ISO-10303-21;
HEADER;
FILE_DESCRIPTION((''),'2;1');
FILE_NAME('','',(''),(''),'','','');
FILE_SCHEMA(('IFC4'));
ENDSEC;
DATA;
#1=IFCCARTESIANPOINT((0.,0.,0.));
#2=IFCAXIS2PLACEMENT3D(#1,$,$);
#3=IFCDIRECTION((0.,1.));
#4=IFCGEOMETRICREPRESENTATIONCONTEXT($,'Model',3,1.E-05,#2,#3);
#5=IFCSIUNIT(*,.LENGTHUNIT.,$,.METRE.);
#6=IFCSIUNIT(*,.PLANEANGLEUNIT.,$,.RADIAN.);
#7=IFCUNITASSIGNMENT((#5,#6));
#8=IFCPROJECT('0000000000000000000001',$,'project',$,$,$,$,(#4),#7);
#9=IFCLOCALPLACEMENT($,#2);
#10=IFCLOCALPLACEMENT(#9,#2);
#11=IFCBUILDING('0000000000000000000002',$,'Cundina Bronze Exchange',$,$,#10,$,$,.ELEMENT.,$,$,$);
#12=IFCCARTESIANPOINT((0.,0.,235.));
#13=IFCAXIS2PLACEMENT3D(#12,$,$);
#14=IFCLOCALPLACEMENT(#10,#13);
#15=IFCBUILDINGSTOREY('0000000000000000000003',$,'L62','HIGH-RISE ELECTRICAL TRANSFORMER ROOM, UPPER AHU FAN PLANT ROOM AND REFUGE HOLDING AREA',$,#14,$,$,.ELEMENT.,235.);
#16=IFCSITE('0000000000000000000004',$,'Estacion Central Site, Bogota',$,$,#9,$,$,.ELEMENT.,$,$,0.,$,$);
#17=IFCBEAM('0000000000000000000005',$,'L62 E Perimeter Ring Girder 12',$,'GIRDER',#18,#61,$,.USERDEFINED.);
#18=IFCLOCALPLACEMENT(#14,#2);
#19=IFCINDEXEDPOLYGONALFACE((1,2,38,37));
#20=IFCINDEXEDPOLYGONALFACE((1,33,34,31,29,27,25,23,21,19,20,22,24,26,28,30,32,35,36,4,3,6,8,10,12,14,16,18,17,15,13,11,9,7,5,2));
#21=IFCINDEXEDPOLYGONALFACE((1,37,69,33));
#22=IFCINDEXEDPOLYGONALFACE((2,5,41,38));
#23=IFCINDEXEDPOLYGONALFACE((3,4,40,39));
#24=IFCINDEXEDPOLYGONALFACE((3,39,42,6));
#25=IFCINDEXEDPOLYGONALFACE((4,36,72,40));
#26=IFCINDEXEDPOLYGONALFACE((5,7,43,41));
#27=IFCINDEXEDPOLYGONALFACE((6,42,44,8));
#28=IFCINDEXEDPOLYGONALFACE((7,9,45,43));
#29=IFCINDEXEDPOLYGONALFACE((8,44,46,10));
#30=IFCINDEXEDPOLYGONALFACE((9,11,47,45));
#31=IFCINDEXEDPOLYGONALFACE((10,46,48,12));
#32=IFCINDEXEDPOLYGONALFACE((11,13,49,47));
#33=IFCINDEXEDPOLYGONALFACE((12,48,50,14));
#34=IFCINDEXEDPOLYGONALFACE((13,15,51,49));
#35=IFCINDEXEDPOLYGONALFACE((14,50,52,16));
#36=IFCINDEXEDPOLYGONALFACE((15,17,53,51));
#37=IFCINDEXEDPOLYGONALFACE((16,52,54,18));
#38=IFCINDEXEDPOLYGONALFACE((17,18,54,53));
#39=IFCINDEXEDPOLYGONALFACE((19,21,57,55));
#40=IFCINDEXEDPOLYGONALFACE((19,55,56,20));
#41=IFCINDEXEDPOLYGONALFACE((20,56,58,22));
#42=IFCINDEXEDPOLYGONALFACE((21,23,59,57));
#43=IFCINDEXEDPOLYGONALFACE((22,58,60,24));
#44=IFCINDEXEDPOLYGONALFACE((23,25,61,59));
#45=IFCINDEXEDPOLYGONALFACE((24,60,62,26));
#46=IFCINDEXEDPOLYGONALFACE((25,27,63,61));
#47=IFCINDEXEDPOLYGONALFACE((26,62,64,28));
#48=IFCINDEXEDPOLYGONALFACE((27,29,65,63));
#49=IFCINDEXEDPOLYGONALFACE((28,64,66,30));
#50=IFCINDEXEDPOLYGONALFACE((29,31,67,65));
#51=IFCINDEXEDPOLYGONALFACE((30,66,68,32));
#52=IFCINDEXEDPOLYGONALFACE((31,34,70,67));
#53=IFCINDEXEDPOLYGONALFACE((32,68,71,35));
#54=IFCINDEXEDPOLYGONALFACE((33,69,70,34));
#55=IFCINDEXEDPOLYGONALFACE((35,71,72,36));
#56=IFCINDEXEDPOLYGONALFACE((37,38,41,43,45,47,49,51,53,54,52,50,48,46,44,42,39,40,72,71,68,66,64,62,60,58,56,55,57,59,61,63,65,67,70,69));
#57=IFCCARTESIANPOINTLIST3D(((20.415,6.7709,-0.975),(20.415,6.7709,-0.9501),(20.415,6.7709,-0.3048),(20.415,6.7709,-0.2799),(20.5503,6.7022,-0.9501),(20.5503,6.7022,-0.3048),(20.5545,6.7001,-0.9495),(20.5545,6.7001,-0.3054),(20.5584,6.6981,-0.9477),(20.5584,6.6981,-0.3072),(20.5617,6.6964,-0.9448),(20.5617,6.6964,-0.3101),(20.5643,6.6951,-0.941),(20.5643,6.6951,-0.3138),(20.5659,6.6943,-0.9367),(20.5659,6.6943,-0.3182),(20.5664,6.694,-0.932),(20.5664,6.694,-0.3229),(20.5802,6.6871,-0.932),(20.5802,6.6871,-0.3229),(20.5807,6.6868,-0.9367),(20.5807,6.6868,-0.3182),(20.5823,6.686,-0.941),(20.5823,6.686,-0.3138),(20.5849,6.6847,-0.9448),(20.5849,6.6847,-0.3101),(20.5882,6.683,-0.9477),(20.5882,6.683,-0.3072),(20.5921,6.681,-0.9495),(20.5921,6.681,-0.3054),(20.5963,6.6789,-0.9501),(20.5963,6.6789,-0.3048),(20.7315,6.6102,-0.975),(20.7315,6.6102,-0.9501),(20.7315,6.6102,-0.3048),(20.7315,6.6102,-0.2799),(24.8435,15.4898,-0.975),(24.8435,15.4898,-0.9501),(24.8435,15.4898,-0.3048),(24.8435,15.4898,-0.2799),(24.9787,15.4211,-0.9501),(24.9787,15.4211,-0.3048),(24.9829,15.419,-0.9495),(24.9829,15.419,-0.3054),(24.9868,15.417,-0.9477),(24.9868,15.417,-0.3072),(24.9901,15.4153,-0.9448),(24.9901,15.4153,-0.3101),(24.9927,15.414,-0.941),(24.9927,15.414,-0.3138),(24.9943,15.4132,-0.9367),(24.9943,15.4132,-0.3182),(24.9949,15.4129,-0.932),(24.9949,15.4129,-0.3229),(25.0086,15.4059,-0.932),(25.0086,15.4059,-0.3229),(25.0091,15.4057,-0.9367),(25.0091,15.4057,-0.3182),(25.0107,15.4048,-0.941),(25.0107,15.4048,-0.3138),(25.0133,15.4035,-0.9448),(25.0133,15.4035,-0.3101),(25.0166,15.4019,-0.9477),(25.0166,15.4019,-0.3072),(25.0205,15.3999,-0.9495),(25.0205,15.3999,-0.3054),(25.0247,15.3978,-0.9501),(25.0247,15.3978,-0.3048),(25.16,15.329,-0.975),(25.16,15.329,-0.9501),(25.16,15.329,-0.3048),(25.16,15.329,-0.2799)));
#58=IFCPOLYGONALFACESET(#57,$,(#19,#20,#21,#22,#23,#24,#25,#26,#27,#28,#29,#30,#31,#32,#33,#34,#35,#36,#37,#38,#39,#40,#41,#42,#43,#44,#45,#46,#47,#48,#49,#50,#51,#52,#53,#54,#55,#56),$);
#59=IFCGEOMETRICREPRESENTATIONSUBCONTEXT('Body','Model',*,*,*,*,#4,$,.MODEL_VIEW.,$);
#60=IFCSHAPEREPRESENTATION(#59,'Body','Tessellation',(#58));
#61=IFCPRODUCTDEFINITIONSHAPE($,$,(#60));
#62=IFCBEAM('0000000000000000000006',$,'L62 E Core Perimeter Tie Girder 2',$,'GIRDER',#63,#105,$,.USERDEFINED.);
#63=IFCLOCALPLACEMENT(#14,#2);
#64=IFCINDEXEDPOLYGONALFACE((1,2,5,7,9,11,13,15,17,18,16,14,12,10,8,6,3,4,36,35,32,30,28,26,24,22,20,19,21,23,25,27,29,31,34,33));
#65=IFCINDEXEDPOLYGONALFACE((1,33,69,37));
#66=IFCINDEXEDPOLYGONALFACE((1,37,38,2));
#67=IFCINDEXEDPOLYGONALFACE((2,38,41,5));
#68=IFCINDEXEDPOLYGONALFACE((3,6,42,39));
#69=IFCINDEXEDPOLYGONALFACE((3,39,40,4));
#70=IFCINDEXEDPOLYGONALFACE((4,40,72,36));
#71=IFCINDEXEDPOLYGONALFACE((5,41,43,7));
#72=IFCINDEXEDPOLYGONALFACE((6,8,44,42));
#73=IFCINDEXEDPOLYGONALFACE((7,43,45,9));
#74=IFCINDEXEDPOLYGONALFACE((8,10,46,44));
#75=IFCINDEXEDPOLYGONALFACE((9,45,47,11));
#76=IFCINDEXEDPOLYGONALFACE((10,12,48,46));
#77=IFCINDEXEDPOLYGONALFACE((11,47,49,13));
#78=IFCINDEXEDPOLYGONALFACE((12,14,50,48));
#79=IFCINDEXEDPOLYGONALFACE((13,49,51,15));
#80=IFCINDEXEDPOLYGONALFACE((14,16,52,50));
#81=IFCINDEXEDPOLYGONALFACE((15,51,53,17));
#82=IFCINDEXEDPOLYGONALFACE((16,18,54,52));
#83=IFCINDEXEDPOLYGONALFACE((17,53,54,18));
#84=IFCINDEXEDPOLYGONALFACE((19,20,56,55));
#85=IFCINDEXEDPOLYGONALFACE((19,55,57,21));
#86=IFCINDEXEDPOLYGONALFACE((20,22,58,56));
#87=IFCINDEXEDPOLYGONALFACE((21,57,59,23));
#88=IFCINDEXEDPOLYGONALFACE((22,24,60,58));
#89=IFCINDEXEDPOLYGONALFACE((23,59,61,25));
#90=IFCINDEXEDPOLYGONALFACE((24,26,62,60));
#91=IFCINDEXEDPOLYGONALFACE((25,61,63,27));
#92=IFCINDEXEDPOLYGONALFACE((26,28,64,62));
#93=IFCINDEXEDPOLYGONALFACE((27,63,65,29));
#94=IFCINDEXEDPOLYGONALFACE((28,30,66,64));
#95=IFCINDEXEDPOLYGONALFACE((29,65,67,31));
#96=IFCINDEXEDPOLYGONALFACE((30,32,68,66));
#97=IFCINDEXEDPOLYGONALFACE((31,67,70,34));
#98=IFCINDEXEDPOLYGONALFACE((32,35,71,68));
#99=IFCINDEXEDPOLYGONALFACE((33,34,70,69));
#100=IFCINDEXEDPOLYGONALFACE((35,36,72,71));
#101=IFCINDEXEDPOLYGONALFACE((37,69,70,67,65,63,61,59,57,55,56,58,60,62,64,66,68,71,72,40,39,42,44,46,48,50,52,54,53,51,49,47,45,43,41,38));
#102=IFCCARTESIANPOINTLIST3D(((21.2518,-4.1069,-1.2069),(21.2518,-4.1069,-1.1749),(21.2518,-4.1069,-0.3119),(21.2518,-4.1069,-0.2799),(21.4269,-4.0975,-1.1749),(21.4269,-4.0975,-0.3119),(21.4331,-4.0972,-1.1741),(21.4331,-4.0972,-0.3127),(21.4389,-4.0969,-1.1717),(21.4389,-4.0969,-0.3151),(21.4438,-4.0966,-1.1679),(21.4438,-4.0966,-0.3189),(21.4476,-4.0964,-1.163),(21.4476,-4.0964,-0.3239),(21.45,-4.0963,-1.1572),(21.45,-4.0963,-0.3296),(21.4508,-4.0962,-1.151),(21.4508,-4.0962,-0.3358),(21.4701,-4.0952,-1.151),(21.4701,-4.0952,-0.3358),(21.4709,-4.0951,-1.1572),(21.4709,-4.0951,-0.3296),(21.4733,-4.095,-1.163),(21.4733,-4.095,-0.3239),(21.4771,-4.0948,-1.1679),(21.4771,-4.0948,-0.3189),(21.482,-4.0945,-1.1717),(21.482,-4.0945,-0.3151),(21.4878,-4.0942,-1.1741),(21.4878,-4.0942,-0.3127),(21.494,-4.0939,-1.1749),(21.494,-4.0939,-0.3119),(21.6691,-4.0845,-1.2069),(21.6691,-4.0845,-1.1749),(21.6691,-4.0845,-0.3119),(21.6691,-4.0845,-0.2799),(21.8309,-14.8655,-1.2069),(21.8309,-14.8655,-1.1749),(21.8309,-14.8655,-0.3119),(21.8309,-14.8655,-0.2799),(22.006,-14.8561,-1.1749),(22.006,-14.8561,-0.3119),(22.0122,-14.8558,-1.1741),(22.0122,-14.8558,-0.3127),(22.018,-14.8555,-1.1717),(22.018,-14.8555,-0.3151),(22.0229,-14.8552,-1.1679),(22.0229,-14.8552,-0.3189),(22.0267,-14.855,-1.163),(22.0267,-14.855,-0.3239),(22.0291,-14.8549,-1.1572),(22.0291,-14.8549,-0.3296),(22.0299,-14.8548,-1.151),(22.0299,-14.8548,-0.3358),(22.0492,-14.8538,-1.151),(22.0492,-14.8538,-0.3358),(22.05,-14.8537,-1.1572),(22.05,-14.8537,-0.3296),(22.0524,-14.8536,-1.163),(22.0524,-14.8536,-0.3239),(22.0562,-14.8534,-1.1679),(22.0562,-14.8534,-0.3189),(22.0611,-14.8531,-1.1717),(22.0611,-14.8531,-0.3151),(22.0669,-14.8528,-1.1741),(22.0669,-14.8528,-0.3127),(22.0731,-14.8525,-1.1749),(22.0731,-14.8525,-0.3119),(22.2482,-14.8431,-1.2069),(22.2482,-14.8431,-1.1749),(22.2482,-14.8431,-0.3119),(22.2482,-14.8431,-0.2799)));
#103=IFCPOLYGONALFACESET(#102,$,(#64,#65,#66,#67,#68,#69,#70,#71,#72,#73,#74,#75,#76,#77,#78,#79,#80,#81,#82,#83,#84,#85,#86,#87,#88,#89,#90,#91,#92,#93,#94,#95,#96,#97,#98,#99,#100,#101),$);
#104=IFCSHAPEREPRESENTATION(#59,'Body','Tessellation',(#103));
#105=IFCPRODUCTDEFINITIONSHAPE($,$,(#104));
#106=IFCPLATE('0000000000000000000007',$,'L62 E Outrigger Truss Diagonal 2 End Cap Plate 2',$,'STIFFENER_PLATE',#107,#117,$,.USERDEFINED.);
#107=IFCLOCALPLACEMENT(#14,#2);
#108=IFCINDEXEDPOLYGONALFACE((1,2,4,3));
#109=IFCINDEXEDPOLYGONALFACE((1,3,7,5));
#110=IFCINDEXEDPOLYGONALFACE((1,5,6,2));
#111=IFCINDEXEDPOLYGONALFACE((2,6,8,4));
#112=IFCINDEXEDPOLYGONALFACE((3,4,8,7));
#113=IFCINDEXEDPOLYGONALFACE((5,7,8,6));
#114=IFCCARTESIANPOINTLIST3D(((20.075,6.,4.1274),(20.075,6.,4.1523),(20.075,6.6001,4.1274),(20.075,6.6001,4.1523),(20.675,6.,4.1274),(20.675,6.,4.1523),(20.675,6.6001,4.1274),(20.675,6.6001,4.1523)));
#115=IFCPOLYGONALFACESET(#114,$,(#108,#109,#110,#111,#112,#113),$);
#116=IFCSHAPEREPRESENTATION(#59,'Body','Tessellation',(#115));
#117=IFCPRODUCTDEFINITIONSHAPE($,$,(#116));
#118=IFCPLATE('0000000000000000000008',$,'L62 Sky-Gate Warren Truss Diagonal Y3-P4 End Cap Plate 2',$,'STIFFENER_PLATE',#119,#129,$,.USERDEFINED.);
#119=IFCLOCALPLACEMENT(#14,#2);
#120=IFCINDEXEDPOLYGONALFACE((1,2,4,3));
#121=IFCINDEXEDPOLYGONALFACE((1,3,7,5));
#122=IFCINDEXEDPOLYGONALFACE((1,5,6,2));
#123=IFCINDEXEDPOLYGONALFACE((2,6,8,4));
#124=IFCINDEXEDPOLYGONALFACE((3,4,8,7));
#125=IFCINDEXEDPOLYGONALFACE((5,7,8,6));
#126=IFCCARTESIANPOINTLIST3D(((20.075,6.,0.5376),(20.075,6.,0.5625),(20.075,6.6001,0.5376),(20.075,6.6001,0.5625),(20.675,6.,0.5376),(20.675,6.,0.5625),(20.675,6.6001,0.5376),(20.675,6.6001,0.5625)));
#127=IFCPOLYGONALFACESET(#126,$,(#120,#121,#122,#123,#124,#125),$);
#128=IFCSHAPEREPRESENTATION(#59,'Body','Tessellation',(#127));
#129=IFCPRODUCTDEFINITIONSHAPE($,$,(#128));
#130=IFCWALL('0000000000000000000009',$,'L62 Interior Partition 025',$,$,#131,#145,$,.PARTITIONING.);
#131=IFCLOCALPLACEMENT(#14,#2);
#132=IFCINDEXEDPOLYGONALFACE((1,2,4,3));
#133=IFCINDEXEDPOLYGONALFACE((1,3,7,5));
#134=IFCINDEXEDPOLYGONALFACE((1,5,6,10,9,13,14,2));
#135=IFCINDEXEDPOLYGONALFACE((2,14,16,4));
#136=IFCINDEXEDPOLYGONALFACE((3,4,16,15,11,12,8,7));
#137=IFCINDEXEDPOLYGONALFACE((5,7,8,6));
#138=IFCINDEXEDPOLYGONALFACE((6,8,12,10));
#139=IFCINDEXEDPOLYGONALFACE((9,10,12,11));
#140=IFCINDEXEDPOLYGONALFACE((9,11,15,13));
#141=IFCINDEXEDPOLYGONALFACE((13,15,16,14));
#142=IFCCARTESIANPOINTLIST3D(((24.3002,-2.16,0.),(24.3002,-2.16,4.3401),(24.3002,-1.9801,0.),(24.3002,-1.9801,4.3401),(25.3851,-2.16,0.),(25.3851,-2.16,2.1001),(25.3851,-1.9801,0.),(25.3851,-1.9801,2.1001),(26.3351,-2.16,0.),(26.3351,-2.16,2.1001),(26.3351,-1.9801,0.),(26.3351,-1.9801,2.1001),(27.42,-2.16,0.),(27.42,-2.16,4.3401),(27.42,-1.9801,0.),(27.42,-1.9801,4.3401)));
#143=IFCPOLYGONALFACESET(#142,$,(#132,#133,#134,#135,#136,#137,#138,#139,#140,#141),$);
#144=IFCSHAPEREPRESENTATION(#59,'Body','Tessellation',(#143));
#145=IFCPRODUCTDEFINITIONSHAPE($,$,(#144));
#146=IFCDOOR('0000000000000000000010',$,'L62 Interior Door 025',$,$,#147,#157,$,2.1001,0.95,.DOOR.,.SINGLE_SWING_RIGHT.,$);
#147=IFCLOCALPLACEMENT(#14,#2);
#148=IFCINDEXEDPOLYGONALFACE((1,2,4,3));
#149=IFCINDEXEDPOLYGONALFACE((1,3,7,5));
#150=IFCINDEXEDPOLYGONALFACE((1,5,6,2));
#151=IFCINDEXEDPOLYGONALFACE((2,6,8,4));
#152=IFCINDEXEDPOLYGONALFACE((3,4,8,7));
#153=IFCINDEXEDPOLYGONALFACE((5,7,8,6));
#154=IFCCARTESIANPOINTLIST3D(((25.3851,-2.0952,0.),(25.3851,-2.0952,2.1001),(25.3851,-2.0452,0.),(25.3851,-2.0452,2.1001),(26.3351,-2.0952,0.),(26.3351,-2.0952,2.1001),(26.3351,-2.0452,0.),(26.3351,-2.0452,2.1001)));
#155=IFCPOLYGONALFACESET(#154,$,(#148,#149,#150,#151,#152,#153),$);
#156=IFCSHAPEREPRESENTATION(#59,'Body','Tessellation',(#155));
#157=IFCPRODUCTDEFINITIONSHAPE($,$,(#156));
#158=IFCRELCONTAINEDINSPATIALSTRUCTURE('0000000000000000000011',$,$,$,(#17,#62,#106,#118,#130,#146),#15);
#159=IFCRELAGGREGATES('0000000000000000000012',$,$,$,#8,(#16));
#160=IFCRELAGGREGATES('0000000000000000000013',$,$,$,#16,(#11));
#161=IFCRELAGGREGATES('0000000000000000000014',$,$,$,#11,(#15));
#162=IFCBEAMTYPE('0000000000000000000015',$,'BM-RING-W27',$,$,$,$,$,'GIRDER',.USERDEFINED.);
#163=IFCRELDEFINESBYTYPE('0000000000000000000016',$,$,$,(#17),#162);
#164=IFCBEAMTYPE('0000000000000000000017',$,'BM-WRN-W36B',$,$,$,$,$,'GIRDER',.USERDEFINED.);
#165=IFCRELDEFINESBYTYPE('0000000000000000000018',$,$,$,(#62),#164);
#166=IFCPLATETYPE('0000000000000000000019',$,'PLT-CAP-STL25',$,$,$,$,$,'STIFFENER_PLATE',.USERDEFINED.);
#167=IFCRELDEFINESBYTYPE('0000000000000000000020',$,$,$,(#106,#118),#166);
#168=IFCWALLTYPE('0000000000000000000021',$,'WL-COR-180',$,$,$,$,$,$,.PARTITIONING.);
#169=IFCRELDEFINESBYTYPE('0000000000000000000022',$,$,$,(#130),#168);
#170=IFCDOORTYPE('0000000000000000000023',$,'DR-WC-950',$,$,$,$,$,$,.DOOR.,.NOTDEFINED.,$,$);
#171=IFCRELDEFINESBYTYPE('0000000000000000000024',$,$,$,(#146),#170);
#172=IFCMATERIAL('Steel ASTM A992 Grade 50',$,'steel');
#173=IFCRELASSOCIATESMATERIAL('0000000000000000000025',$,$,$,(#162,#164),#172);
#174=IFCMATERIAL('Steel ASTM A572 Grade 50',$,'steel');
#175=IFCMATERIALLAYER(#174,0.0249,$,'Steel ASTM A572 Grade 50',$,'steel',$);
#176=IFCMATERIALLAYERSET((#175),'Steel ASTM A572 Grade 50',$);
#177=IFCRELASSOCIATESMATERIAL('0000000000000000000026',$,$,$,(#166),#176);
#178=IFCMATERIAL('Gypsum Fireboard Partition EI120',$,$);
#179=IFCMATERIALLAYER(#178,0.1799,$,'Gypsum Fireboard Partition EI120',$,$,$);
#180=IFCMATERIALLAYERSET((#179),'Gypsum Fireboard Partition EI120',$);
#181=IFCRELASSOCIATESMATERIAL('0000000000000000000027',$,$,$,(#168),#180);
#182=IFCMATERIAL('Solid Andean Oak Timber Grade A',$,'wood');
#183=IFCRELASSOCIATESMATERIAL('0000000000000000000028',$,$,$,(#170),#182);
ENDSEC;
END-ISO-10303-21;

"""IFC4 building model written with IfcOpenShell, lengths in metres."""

from ifc_helpers import new_model, si_unit, direction, frame, frame_2d, origin, origin_2d, place, context, subcontext, project, spatial, rectangle, i_section, extrude, material, layer, layer_set, material_profile, profile_set, type_object, element, fill, save


model = new_model("IFC4")

# Units and contexts
model_context = context("Model", 3, precision=1e-05, world=origin(), true_north=direction((0.0, 1.0)))
body_context = subcontext(model_context, "Body", "Model", "MODEL_VIEW")
ifc_project = project(units=[si_unit("LENGTHUNIT", "METRE"), si_unit("PLANEANGLEUNIT", "RADIAN")], contexts=[model_context])

# Site, building, storey
site_placement = place(None, origin())
site = spatial("IfcSite", under=ifc_project, at=site_placement, Name="Estacion Central Site, Bogota", CompositionType="ELEMENT", RefElevation=0.0)
building_placement = place(site_placement, origin())
building = spatial("IfcBuilding", under=site, at=building_placement, Name="Cundina Bronze Exchange", CompositionType="ELEMENT")
storey_placement = place(building_placement, frame((0.0, 0.0, 235.0)))
storey = spatial("IfcBuildingStorey", under=building, at=storey_placement, Name="L62", Description="HIGH-RISE ELECTRICAL TRANSFORMER ROOM, UPPER AHU FAN PLANT ROOM AND REFUGE HOLDING AREA", CompositionType="ELEMENT", Elevation=235.0)

# Shared definitions
ifc_material_1 = material(Name="Steel ASTM A992 Grade 50", Category="steel")

# Beams
ifc_material_profile_1 = material_profile(ifc_material_1, i_section(OverallWidth=0.355, OverallDepth=0.6951, WebThickness=0.0154, FlangeThickness=0.0249, FilletRadius=0.0181, at=origin_2d()), Name="W27X146", Category="steel")
ifc_profile_set_1 = profile_set([ifc_material_profile_1], Name="Steel ASTM A992 Grade 50")
beam_type_1 = type_object("IfcBeamType", Name="BM-RING-W27", ElementType="GIRDER", PredefinedType="USERDEFINED", material=ifc_profile_set_1)
beam_1_placement = place(storey_placement, frame((25.0017, 15.4094, -0.6274), z_axis=(-0.452847, -0.891588, 0.0), x_axis=(0.891588, -0.452847, 0.0)))
element("IfcBeam", 1, at=beam_1_placement, inside=storey, type_object=beam_type_1, Name="L62 E Perimeter Ring Girder 12", ObjectType="GIRDER", PredefinedType="USERDEFINED", context=body_context, shape_type="SweptSolid", body=[
    extrude(i_section(OverallWidth=0.355, OverallDepth=0.6951, WebThickness=0.0154, FlangeThickness=0.0249, FilletRadius=0.0181, at=origin_2d()), origin(), (0.0, 0.0, 1.0), 9.7791),
])
ifc_material_profile_2 = material_profile(ifc_material_1, i_section(OverallWidth=0.418, OverallDepth=0.927, WebThickness=0.0193, FlangeThickness=0.032, FilletRadius=0.0239, at=origin_2d()), Name="W36X231", Category="steel")
ifc_profile_set_2 = profile_set([ifc_material_profile_2], Name="Steel ASTM A992 Grade 50")
beam_type_2 = type_object("IfcBeamType", Name="BM-WRN-W36B", ElementType="GIRDER", PredefinedType="USERDEFINED", material=ifc_profile_set_2)
beam_2_placement = place(storey_placement, frame((21.4604, -4.0957, -0.7434), z_axis=(0.053749, -0.998554, 0.0), x_axis=(0.998554, 0.053749, 0.0)))
element("IfcBeam", 2, at=beam_2_placement, inside=storey, type_object=beam_type_2, Name="L62 E Core Perimeter Tie Girder 2", ObjectType="GIRDER", PredefinedType="USERDEFINED", context=body_context, shape_type="SweptSolid", body=[
    extrude(i_section(OverallWidth=0.418, OverallDepth=0.927, WebThickness=0.0193, FlangeThickness=0.032, FilletRadius=0.0239, at=origin_2d()), origin(), (0.0, 0.0, 1.0), 10.7742),
])

# Plates
ifc_material_2 = material(Name="Steel ASTM A572 Grade 50", Category="steel")
ifc_layer_1 = layer(ifc_material_2, 0.0249, Name="Steel ASTM A572 Grade 50", Category="steel")
ifc_layer_set_1 = layer_set([ifc_layer_1], Name="Steel ASTM A572 Grade 50")
plate_type = type_object("IfcPlateType", Name="PLT-CAP-STL25", ElementType="STIFFENER_PLATE", PredefinedType="USERDEFINED", material=ifc_layer_set_1)
for number, where, z_axis, x_axis, name in (
    (3, (20.375, 6.3, 4.1274), (0.0, 0.0, 1.0), (1.0, 0.0, 0.0), "L62 E Outrigger Truss Diagonal 2 End Cap Plate 2"),
    (4, (20.375, 6.3, 0.5376), (0.0, 0.0, 1.0), (1.0, 0.0, 0.0), "L62 Sky-Gate Warren Truss Diagonal Y3-P4 End Cap Plate 2"),
):
    element("IfcPlate", number, at=place(storey_placement, frame(where, z_axis=z_axis, x_axis=x_axis)), inside=storey, type_object=plate_type, Name=name, ObjectType="STIFFENER_PLATE", PredefinedType="USERDEFINED", context=body_context, shape_type="SweptSolid", body=[
        extrude(rectangle(XDim=0.6001, YDim=0.6001, at=origin_2d()), origin(), (0.0, 0.0, 1.0), 0.0249),
    ])

# Wall, opening, door
ifc_material_3 = material(Name="Gypsum Fireboard Partition EI120")
ifc_layer_2 = layer(ifc_material_3, 0.1799, Name="Gypsum Fireboard Partition EI120")
ifc_layer_set_2 = layer_set([ifc_layer_2], Name="Gypsum Fireboard Partition EI120")
wall_type_1 = type_object("IfcWallType", Name="WL-COR-180", PredefinedType="PARTITIONING", material=ifc_layer_set_2)
wall_1_placement = place(storey_placement, frame((24.3, -2.0701, 0.0), z_axis=(0.0, 0.0, 1.0), x_axis=(1.0, 0.0, 0.0)))
wall_1 = element("IfcWall", 5, at=wall_1_placement, inside=storey, type_object=wall_type_1, Name="L62 Interior Partition 025", PredefinedType="PARTITIONING", context=body_context, shape_type="SweptSolid", body=[
    extrude(rectangle(XDim=3.1199, YDim=0.1799, at=frame_2d((1.5601, 0.0))), origin(), (0.0, 0.0, 1.0), 4.3401),
])
opening_1_placement = place(wall_1_placement, frame((1.085, 0.0, 0.0)))
opening_1 = element("IfcOpeningElement", 6, at=opening_1_placement, cuts=wall_1, PredefinedType="OPENING", context=body_context, shape_type="SweptSolid", body=[
    extrude(rectangle(XDim=0.95, YDim=2.1001, at=frame_2d((0.4751, 1.05))), frame((0.0, 0.0999, 0.0), z_axis=(0.0, -1.0, 0.0), x_axis=(1.0, 0.0, 0.0)), (0.0, 0.0, 1.0), 0.2),
])
ifc_material_4 = material(Name="Solid Andean Oak Timber Grade A", Category="wood")
door_type_1 = type_object("IfcDoorType", Name="DR-WC-950", OperationType="NOTDEFINED", PredefinedType="DOOR", material=ifc_material_4)
door_1_placement = place(opening_1_placement, origin())
door_1 = element("IfcDoor", 7, at=door_1_placement, inside=storey, type_object=door_type_1, Name="L62 Interior Door 025", OperationType="SINGLE_SWING_RIGHT", OverallHeight=2.1001, OverallWidth=0.95, PredefinedType="DOOR", context=body_context, shape_type="SweptSolid", body=[
    extrude(rectangle(XDim=0.95, YDim=2.1001, at=frame_2d((0.4751, 1.05))), frame((0.0, 0.0249, 0.0), z_axis=(0.0, -1.0, 0.0), x_axis=(1.0, 0.0, 0.0)), (0.0, 0.0, 1.0), 0.05),
])
fill(opening_1, door_1)

save(model, "model.ifc")
